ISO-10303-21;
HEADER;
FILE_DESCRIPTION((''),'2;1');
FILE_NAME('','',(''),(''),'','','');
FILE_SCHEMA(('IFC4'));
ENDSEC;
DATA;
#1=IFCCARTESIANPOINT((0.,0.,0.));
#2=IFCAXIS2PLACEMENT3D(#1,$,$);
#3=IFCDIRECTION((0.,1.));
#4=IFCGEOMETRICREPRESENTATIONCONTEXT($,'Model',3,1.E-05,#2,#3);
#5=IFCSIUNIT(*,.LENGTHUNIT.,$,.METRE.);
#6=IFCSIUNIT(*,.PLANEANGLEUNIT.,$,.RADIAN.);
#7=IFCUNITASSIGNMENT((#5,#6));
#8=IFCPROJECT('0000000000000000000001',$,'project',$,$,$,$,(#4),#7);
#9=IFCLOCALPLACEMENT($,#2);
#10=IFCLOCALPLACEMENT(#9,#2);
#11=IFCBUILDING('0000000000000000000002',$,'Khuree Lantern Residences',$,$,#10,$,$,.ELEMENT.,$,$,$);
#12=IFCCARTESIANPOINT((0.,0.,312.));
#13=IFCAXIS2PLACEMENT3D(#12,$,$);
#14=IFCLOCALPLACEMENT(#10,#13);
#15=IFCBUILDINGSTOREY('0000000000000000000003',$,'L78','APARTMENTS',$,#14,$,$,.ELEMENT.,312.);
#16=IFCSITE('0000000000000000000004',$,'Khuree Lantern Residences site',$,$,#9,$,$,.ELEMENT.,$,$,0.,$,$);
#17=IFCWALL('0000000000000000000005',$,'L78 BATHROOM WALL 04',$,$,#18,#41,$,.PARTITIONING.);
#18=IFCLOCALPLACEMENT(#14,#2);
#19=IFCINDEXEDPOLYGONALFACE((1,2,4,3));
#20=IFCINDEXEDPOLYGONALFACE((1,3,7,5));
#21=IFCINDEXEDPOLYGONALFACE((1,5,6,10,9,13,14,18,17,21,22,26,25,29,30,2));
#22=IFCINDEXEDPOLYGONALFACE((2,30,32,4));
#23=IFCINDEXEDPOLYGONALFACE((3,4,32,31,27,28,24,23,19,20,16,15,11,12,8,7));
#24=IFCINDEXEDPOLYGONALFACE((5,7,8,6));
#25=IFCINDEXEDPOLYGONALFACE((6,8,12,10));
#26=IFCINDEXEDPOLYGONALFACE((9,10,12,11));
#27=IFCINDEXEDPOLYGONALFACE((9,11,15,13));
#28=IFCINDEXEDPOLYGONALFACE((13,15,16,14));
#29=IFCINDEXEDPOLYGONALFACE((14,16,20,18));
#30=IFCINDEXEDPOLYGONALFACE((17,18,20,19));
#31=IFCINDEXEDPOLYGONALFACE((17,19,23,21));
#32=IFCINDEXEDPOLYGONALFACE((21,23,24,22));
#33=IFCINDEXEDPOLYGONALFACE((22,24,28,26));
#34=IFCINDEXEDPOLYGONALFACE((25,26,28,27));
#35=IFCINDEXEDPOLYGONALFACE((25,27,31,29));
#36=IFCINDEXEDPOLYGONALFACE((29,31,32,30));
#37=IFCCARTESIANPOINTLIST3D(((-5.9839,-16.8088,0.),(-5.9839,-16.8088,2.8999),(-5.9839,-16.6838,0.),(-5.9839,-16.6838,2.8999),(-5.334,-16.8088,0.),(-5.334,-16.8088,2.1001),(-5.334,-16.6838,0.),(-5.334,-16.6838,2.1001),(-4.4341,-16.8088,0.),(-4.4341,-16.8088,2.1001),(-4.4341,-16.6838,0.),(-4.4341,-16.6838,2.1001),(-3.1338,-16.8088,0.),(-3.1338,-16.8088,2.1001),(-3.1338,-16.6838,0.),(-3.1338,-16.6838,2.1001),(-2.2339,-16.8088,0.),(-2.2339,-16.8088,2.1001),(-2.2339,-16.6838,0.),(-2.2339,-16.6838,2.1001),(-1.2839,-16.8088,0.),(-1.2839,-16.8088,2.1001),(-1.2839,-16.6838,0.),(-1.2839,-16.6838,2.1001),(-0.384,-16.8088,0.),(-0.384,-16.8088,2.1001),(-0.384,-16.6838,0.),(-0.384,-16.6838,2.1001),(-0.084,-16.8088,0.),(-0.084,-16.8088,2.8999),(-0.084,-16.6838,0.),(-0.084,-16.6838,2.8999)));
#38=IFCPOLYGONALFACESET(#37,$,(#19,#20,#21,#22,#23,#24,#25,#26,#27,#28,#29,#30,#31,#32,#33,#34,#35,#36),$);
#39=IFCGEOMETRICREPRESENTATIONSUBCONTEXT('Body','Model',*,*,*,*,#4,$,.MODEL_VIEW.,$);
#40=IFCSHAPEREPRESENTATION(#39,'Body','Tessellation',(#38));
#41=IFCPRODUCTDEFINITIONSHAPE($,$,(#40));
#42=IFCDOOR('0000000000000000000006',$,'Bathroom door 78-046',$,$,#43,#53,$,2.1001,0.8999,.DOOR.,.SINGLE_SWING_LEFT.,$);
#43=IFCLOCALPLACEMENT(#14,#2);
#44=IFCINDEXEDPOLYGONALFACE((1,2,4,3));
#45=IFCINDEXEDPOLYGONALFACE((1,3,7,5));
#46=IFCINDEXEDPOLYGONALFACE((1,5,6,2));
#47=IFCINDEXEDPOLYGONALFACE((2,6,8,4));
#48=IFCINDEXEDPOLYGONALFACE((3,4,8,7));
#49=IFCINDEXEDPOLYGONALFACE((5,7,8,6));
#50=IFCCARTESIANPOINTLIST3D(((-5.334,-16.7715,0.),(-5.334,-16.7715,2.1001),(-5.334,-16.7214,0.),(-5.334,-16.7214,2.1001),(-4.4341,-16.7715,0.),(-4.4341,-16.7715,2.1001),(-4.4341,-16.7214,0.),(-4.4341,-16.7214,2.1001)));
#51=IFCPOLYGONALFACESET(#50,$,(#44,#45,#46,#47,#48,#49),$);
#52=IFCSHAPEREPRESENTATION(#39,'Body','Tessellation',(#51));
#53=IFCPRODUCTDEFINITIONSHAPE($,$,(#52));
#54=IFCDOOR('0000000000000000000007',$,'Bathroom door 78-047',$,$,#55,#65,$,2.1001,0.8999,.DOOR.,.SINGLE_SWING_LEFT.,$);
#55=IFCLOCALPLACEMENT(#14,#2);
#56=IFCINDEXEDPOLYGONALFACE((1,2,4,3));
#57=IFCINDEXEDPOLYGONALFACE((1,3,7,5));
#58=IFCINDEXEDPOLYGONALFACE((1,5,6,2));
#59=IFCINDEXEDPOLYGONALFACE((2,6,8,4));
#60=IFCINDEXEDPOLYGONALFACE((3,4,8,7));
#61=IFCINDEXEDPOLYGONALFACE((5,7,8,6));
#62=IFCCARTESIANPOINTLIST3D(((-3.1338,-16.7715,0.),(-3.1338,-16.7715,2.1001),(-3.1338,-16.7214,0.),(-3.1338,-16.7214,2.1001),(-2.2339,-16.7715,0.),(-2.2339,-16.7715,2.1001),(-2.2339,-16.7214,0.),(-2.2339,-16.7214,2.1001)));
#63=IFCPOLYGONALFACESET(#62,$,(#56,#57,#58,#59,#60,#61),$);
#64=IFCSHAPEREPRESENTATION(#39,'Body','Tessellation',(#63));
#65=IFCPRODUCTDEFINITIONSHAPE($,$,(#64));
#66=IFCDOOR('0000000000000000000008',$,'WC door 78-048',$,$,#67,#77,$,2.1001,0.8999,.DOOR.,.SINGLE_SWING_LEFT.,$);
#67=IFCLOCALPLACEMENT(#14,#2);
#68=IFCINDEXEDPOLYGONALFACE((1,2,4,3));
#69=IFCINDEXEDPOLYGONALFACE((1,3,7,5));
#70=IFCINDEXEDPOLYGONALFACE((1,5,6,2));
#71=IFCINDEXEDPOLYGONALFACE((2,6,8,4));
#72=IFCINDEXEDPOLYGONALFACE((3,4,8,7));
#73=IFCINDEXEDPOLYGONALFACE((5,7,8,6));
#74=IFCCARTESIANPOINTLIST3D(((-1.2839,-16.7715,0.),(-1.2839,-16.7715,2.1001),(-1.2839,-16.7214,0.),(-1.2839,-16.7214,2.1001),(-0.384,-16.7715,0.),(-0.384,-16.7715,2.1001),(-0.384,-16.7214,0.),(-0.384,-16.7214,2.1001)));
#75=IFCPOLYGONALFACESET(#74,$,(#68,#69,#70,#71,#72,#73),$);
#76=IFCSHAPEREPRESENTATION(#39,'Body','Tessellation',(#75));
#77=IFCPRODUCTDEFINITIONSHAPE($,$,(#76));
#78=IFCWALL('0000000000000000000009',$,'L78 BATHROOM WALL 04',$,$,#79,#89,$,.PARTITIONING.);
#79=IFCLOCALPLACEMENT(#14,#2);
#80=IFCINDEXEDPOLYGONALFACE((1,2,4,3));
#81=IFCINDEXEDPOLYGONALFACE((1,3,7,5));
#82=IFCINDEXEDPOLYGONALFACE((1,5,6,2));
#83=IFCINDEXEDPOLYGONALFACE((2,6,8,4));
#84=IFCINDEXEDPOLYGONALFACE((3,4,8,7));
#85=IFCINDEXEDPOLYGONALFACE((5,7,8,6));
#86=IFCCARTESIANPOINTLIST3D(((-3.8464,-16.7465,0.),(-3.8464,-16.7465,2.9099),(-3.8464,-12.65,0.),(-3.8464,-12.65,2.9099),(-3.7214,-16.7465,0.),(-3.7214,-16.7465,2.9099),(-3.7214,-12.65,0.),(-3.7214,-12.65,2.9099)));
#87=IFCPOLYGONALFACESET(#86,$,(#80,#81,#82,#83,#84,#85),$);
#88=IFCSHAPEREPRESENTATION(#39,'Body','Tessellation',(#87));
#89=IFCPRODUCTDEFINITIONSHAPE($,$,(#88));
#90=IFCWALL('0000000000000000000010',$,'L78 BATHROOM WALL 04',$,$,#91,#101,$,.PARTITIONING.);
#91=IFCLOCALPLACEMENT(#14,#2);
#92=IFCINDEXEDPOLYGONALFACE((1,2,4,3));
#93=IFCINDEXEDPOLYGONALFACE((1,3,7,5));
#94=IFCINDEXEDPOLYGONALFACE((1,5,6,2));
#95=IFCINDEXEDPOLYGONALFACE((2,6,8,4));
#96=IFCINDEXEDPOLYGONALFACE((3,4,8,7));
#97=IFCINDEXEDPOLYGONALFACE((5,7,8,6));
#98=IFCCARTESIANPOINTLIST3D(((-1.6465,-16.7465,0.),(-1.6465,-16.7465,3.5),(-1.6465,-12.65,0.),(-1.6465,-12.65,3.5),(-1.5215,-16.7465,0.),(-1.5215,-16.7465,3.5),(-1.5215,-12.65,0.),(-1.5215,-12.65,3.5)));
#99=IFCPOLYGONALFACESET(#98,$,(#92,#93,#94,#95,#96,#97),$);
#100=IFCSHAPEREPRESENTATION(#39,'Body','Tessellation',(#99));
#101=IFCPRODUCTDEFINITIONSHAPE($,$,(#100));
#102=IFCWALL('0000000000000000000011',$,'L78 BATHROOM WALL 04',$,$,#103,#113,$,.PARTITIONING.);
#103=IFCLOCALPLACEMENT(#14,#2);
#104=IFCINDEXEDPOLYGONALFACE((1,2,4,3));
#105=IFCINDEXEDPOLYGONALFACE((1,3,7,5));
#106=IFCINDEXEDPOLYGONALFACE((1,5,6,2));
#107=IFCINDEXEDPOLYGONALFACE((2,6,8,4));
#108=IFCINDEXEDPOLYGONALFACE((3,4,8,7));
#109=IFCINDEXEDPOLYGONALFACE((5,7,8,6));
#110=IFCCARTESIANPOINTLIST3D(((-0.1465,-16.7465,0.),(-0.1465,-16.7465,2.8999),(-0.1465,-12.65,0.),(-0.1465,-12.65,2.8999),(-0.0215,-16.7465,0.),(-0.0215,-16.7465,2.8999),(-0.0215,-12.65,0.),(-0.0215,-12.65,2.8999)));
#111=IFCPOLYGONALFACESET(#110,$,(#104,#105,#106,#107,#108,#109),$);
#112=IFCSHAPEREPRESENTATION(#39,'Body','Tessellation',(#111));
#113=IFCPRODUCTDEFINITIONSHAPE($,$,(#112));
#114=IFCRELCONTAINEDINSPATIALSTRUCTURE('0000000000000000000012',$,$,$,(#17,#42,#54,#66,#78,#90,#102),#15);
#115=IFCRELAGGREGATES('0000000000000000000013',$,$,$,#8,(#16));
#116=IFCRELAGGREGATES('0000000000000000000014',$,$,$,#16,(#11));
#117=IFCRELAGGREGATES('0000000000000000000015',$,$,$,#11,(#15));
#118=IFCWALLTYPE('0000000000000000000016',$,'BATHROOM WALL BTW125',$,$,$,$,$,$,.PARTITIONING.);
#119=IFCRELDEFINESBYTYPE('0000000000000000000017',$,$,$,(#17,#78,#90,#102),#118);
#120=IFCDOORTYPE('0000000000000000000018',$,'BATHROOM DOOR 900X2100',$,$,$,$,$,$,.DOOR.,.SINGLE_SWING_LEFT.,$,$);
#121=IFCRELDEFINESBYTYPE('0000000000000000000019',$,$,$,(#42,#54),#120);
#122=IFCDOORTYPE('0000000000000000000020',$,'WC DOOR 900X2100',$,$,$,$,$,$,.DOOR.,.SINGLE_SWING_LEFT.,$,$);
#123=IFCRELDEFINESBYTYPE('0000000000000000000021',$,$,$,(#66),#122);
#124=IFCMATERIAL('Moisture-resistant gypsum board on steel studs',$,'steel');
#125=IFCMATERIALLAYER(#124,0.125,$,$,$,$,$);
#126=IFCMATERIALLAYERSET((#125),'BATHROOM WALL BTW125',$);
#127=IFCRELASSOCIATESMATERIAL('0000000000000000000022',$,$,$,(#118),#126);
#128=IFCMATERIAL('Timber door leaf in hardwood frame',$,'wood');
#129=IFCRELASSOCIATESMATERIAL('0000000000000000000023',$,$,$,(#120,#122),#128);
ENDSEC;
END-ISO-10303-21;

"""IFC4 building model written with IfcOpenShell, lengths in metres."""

from ifc_helpers import new_model, si_unit, direction, frame, frame_2d, origin, place, context, subcontext, project, spatial, rectangle, extrude, material, layer, layer_set, type_object, element, fill, save


model = new_model("IFC4")

# Units and contexts
model_context = context("Model", 3, precision=1e-05, world=origin(), true_north=direction((0.0, 1.0)))
body_context = subcontext(model_context, "Body", "Model", "MODEL_VIEW")
ifc_project = project(units=[si_unit("LENGTHUNIT", "METRE"), si_unit("PLANEANGLEUNIT", "RADIAN")], contexts=[model_context])

# Site, building, storey
site_placement = place(None, origin())
site = spatial("IfcSite", under=ifc_project, at=site_placement, Name="Khuree Lantern Residences site", CompositionType="ELEMENT", RefElevation=0.0)
building_placement = place(site_placement, origin())
building = spatial("IfcBuilding", under=site, at=building_placement, Name="Khuree Lantern Residences", CompositionType="ELEMENT")
storey_placement = place(building_placement, frame((0.0, 0.0, 312.0)))
storey = spatial("IfcBuildingStorey", under=building, at=storey_placement, Name="L78", Description="APARTMENTS", CompositionType="ELEMENT", Elevation=312.0)

# Wall, openings, doors
ifc_material_1 = material(Name="Moisture-resistant gypsum board on steel studs", Category="steel")
ifc_layer_1 = layer(ifc_material_1, 0.125)
ifc_layer_set_1 = layer_set([ifc_layer_1], Name="BATHROOM WALL BTW125")
wall_type_1 = type_object("IfcWallType", Name="BATHROOM WALL BTW125", PredefinedType="PARTITIONING", material=ifc_layer_set_1)
wall_1_placement = place(storey_placement, frame((-5.9839, -16.7463, 0.0), z_axis=(0.0, 0.0, 1.0), x_axis=(1.0, 0.0, 0.0)))
wall_1 = element("IfcWall", 1, at=wall_1_placement, inside=storey, type_object=wall_type_1, Name="L78 BATHROOM WALL 04", PredefinedType="PARTITIONING", context=body_context, shape_type="SweptSolid", body=[
    extrude(rectangle(XDim=5.8999, YDim=0.125, at=frame_2d((2.95, 0.0))), origin(), (0.0, 0.0, 1.0), 2.8999),
])
opening_1_placement = place(wall_1_placement, frame((0.6499, 0.0, 0.0)))
opening_1 = element("IfcOpeningElement", 2, at=opening_1_placement, cuts=wall_1, PredefinedType="OPENING", context=body_context, shape_type="SweptSolid", body=[
    extrude(rectangle(XDim=0.8999, YDim=2.1001, at=frame_2d((0.45, 1.05))), frame((0.0, 0.0725, 0.0), z_axis=(0.0, -1.0, 0.0), x_axis=(1.0, 0.0, 0.0)), (0.0, 0.0, 1.0), 0.145),
])
opening_2_placement = place(wall_1_placement, frame((2.8501, 0.0, 0.0)))
opening_2 = element("IfcOpeningElement", 3, at=opening_2_placement, cuts=wall_1, PredefinedType="OPENING", context=body_context, shape_type="SweptSolid", body=[
    extrude(rectangle(XDim=0.8999, YDim=2.1001, at=frame_2d((0.45, 1.05))), frame((0.0, 0.0725, 0.0), z_axis=(0.0, -1.0, 0.0), x_axis=(1.0, 0.0, 0.0)), (0.0, 0.0, 1.0), 0.145),
])
opening_3_placement = place(wall_1_placement, frame((4.7, 0.0, 0.0)))
opening_3 = element("IfcOpeningElement", 4, at=opening_3_placement, cuts=wall_1, PredefinedType="OPENING", context=body_context, shape_type="SweptSolid", body=[
    extrude(rectangle(XDim=0.8999, YDim=2.1001, at=frame_2d((0.45, 1.05))), frame((0.0, 0.0725, 0.0), z_axis=(0.0, -1.0, 0.0), x_axis=(1.0, 0.0, 0.0)), (0.0, 0.0, 1.0), 0.145),
])
ifc_material_2 = material(Name="Timber door leaf in hardwood frame", Category="wood")
door_type_1 = type_object("IfcDoorType", Name="BATHROOM DOOR 900X2100", OperationType="SINGLE_SWING_LEFT", PredefinedType="DOOR", material=ifc_material_2)
door_1_placement = place(opening_1_placement, origin())
door_1 = element("IfcDoor", 5, at=door_1_placement, inside=storey, type_object=door_type_1, Name="Bathroom door 78-046", OperationType="SINGLE_SWING_LEFT", OverallHeight=2.1001, OverallWidth=0.8999, PredefinedType="DOOR", context=body_context, shape_type="SweptSolid", body=[
    extrude(rectangle(XDim=0.8999, YDim=2.1001, at=frame_2d((0.45, 1.05))), frame((0.0, 0.0249, 0.0), z_axis=(0.0, -1.0, 0.0), x_axis=(1.0, 0.0, 0.0)), (0.0, 0.0, 1.0), 0.05),
])
fill(opening_1, door_1)
door_2_placement = place(opening_2_placement, origin())
door_2 = element("IfcDoor", 6, at=door_2_placement, inside=storey, type_object=door_type_1, Name="Bathroom door 78-047", OperationType="SINGLE_SWING_LEFT", OverallHeight=2.1001, OverallWidth=0.8999, PredefinedType="DOOR", context=body_context, shape_type="SweptSolid", body=[
    extrude(rectangle(XDim=0.8999, YDim=2.1001, at=frame_2d((0.45, 1.05))), frame((0.0, 0.0249, 0.0), z_axis=(0.0, -1.0, 0.0), x_axis=(1.0, 0.0, 0.0)), (0.0, 0.0, 1.0), 0.05),
])
fill(opening_2, door_2)
door_type_2 = type_object("IfcDoorType", Name="WC DOOR 900X2100", OperationType="SINGLE_SWING_LEFT", PredefinedType="DOOR", material=ifc_material_2)
door_3_placement = place(opening_3_placement, origin())
door_3 = element("IfcDoor", 7, at=door_3_placement, inside=storey, type_object=door_type_2, Name="WC door 78-048", OperationType="SINGLE_SWING_LEFT", OverallHeight=2.1001, OverallWidth=0.8999, PredefinedType="DOOR", context=body_context, shape_type="SweptSolid", body=[
    extrude(rectangle(XDim=0.8999, YDim=2.1001, at=frame_2d((0.45, 1.05))), frame((0.0, 0.0249, 0.0), z_axis=(0.0, -1.0, 0.0), x_axis=(1.0, 0.0, 0.0)), (0.0, 0.0, 1.0), 0.05),
])
fill(opening_3, door_3)

# Walls
wall_2_placement = place(storey_placement, frame((-3.7839, -12.6499, 0.0), z_axis=(0.0, 0.0, 1.0), x_axis=(0.0, -1.0, 0.0)))
element("IfcWall", 8, at=wall_2_placement, inside=storey, type_object=wall_type_1, Name="L78 BATHROOM WALL 04", PredefinedType="PARTITIONING", context=body_context, shape_type="SweptSolid", body=[
    extrude(rectangle(XDim=4.0964, YDim=0.125, at=frame_2d((2.0483, 0.0))), origin(), (0.0, 0.0, 1.0), 2.9099),
])
wall_3_placement = place(storey_placement, frame((-1.584, -12.6499, 0.0), z_axis=(0.0, 0.0, 1.0), x_axis=(0.0, -1.0, 0.0)))
element("IfcWall", 9, at=wall_3_placement, inside=storey, type_object=wall_type_1, Name="L78 BATHROOM WALL 04", PredefinedType="PARTITIONING", context=body_context, shape_type="SweptSolid", body=[
    extrude(rectangle(XDim=4.0964, YDim=0.125, at=frame_2d((2.0483, 0.0))), origin(), (0.0, 0.0, 1.0), 3.5),
])
wall_4_placement = place(storey_placement, frame((-0.084, -12.6499, 0.0), z_axis=(0.0, 0.0, 1.0), x_axis=(0.0, -1.0, 0.0)))
element("IfcWall", 10, at=wall_4_placement, inside=storey, type_object=wall_type_1, Name="L78 BATHROOM WALL 04", PredefinedType="PARTITIONING", context=body_context, shape_type="SweptSolid", body=[
    extrude(rectangle(XDim=4.0964, YDim=0.125, at=frame_2d((2.0483, 0.0))), origin(), (0.0, 0.0, 1.0), 2.8999),
])

save(model, "model.ifc")
